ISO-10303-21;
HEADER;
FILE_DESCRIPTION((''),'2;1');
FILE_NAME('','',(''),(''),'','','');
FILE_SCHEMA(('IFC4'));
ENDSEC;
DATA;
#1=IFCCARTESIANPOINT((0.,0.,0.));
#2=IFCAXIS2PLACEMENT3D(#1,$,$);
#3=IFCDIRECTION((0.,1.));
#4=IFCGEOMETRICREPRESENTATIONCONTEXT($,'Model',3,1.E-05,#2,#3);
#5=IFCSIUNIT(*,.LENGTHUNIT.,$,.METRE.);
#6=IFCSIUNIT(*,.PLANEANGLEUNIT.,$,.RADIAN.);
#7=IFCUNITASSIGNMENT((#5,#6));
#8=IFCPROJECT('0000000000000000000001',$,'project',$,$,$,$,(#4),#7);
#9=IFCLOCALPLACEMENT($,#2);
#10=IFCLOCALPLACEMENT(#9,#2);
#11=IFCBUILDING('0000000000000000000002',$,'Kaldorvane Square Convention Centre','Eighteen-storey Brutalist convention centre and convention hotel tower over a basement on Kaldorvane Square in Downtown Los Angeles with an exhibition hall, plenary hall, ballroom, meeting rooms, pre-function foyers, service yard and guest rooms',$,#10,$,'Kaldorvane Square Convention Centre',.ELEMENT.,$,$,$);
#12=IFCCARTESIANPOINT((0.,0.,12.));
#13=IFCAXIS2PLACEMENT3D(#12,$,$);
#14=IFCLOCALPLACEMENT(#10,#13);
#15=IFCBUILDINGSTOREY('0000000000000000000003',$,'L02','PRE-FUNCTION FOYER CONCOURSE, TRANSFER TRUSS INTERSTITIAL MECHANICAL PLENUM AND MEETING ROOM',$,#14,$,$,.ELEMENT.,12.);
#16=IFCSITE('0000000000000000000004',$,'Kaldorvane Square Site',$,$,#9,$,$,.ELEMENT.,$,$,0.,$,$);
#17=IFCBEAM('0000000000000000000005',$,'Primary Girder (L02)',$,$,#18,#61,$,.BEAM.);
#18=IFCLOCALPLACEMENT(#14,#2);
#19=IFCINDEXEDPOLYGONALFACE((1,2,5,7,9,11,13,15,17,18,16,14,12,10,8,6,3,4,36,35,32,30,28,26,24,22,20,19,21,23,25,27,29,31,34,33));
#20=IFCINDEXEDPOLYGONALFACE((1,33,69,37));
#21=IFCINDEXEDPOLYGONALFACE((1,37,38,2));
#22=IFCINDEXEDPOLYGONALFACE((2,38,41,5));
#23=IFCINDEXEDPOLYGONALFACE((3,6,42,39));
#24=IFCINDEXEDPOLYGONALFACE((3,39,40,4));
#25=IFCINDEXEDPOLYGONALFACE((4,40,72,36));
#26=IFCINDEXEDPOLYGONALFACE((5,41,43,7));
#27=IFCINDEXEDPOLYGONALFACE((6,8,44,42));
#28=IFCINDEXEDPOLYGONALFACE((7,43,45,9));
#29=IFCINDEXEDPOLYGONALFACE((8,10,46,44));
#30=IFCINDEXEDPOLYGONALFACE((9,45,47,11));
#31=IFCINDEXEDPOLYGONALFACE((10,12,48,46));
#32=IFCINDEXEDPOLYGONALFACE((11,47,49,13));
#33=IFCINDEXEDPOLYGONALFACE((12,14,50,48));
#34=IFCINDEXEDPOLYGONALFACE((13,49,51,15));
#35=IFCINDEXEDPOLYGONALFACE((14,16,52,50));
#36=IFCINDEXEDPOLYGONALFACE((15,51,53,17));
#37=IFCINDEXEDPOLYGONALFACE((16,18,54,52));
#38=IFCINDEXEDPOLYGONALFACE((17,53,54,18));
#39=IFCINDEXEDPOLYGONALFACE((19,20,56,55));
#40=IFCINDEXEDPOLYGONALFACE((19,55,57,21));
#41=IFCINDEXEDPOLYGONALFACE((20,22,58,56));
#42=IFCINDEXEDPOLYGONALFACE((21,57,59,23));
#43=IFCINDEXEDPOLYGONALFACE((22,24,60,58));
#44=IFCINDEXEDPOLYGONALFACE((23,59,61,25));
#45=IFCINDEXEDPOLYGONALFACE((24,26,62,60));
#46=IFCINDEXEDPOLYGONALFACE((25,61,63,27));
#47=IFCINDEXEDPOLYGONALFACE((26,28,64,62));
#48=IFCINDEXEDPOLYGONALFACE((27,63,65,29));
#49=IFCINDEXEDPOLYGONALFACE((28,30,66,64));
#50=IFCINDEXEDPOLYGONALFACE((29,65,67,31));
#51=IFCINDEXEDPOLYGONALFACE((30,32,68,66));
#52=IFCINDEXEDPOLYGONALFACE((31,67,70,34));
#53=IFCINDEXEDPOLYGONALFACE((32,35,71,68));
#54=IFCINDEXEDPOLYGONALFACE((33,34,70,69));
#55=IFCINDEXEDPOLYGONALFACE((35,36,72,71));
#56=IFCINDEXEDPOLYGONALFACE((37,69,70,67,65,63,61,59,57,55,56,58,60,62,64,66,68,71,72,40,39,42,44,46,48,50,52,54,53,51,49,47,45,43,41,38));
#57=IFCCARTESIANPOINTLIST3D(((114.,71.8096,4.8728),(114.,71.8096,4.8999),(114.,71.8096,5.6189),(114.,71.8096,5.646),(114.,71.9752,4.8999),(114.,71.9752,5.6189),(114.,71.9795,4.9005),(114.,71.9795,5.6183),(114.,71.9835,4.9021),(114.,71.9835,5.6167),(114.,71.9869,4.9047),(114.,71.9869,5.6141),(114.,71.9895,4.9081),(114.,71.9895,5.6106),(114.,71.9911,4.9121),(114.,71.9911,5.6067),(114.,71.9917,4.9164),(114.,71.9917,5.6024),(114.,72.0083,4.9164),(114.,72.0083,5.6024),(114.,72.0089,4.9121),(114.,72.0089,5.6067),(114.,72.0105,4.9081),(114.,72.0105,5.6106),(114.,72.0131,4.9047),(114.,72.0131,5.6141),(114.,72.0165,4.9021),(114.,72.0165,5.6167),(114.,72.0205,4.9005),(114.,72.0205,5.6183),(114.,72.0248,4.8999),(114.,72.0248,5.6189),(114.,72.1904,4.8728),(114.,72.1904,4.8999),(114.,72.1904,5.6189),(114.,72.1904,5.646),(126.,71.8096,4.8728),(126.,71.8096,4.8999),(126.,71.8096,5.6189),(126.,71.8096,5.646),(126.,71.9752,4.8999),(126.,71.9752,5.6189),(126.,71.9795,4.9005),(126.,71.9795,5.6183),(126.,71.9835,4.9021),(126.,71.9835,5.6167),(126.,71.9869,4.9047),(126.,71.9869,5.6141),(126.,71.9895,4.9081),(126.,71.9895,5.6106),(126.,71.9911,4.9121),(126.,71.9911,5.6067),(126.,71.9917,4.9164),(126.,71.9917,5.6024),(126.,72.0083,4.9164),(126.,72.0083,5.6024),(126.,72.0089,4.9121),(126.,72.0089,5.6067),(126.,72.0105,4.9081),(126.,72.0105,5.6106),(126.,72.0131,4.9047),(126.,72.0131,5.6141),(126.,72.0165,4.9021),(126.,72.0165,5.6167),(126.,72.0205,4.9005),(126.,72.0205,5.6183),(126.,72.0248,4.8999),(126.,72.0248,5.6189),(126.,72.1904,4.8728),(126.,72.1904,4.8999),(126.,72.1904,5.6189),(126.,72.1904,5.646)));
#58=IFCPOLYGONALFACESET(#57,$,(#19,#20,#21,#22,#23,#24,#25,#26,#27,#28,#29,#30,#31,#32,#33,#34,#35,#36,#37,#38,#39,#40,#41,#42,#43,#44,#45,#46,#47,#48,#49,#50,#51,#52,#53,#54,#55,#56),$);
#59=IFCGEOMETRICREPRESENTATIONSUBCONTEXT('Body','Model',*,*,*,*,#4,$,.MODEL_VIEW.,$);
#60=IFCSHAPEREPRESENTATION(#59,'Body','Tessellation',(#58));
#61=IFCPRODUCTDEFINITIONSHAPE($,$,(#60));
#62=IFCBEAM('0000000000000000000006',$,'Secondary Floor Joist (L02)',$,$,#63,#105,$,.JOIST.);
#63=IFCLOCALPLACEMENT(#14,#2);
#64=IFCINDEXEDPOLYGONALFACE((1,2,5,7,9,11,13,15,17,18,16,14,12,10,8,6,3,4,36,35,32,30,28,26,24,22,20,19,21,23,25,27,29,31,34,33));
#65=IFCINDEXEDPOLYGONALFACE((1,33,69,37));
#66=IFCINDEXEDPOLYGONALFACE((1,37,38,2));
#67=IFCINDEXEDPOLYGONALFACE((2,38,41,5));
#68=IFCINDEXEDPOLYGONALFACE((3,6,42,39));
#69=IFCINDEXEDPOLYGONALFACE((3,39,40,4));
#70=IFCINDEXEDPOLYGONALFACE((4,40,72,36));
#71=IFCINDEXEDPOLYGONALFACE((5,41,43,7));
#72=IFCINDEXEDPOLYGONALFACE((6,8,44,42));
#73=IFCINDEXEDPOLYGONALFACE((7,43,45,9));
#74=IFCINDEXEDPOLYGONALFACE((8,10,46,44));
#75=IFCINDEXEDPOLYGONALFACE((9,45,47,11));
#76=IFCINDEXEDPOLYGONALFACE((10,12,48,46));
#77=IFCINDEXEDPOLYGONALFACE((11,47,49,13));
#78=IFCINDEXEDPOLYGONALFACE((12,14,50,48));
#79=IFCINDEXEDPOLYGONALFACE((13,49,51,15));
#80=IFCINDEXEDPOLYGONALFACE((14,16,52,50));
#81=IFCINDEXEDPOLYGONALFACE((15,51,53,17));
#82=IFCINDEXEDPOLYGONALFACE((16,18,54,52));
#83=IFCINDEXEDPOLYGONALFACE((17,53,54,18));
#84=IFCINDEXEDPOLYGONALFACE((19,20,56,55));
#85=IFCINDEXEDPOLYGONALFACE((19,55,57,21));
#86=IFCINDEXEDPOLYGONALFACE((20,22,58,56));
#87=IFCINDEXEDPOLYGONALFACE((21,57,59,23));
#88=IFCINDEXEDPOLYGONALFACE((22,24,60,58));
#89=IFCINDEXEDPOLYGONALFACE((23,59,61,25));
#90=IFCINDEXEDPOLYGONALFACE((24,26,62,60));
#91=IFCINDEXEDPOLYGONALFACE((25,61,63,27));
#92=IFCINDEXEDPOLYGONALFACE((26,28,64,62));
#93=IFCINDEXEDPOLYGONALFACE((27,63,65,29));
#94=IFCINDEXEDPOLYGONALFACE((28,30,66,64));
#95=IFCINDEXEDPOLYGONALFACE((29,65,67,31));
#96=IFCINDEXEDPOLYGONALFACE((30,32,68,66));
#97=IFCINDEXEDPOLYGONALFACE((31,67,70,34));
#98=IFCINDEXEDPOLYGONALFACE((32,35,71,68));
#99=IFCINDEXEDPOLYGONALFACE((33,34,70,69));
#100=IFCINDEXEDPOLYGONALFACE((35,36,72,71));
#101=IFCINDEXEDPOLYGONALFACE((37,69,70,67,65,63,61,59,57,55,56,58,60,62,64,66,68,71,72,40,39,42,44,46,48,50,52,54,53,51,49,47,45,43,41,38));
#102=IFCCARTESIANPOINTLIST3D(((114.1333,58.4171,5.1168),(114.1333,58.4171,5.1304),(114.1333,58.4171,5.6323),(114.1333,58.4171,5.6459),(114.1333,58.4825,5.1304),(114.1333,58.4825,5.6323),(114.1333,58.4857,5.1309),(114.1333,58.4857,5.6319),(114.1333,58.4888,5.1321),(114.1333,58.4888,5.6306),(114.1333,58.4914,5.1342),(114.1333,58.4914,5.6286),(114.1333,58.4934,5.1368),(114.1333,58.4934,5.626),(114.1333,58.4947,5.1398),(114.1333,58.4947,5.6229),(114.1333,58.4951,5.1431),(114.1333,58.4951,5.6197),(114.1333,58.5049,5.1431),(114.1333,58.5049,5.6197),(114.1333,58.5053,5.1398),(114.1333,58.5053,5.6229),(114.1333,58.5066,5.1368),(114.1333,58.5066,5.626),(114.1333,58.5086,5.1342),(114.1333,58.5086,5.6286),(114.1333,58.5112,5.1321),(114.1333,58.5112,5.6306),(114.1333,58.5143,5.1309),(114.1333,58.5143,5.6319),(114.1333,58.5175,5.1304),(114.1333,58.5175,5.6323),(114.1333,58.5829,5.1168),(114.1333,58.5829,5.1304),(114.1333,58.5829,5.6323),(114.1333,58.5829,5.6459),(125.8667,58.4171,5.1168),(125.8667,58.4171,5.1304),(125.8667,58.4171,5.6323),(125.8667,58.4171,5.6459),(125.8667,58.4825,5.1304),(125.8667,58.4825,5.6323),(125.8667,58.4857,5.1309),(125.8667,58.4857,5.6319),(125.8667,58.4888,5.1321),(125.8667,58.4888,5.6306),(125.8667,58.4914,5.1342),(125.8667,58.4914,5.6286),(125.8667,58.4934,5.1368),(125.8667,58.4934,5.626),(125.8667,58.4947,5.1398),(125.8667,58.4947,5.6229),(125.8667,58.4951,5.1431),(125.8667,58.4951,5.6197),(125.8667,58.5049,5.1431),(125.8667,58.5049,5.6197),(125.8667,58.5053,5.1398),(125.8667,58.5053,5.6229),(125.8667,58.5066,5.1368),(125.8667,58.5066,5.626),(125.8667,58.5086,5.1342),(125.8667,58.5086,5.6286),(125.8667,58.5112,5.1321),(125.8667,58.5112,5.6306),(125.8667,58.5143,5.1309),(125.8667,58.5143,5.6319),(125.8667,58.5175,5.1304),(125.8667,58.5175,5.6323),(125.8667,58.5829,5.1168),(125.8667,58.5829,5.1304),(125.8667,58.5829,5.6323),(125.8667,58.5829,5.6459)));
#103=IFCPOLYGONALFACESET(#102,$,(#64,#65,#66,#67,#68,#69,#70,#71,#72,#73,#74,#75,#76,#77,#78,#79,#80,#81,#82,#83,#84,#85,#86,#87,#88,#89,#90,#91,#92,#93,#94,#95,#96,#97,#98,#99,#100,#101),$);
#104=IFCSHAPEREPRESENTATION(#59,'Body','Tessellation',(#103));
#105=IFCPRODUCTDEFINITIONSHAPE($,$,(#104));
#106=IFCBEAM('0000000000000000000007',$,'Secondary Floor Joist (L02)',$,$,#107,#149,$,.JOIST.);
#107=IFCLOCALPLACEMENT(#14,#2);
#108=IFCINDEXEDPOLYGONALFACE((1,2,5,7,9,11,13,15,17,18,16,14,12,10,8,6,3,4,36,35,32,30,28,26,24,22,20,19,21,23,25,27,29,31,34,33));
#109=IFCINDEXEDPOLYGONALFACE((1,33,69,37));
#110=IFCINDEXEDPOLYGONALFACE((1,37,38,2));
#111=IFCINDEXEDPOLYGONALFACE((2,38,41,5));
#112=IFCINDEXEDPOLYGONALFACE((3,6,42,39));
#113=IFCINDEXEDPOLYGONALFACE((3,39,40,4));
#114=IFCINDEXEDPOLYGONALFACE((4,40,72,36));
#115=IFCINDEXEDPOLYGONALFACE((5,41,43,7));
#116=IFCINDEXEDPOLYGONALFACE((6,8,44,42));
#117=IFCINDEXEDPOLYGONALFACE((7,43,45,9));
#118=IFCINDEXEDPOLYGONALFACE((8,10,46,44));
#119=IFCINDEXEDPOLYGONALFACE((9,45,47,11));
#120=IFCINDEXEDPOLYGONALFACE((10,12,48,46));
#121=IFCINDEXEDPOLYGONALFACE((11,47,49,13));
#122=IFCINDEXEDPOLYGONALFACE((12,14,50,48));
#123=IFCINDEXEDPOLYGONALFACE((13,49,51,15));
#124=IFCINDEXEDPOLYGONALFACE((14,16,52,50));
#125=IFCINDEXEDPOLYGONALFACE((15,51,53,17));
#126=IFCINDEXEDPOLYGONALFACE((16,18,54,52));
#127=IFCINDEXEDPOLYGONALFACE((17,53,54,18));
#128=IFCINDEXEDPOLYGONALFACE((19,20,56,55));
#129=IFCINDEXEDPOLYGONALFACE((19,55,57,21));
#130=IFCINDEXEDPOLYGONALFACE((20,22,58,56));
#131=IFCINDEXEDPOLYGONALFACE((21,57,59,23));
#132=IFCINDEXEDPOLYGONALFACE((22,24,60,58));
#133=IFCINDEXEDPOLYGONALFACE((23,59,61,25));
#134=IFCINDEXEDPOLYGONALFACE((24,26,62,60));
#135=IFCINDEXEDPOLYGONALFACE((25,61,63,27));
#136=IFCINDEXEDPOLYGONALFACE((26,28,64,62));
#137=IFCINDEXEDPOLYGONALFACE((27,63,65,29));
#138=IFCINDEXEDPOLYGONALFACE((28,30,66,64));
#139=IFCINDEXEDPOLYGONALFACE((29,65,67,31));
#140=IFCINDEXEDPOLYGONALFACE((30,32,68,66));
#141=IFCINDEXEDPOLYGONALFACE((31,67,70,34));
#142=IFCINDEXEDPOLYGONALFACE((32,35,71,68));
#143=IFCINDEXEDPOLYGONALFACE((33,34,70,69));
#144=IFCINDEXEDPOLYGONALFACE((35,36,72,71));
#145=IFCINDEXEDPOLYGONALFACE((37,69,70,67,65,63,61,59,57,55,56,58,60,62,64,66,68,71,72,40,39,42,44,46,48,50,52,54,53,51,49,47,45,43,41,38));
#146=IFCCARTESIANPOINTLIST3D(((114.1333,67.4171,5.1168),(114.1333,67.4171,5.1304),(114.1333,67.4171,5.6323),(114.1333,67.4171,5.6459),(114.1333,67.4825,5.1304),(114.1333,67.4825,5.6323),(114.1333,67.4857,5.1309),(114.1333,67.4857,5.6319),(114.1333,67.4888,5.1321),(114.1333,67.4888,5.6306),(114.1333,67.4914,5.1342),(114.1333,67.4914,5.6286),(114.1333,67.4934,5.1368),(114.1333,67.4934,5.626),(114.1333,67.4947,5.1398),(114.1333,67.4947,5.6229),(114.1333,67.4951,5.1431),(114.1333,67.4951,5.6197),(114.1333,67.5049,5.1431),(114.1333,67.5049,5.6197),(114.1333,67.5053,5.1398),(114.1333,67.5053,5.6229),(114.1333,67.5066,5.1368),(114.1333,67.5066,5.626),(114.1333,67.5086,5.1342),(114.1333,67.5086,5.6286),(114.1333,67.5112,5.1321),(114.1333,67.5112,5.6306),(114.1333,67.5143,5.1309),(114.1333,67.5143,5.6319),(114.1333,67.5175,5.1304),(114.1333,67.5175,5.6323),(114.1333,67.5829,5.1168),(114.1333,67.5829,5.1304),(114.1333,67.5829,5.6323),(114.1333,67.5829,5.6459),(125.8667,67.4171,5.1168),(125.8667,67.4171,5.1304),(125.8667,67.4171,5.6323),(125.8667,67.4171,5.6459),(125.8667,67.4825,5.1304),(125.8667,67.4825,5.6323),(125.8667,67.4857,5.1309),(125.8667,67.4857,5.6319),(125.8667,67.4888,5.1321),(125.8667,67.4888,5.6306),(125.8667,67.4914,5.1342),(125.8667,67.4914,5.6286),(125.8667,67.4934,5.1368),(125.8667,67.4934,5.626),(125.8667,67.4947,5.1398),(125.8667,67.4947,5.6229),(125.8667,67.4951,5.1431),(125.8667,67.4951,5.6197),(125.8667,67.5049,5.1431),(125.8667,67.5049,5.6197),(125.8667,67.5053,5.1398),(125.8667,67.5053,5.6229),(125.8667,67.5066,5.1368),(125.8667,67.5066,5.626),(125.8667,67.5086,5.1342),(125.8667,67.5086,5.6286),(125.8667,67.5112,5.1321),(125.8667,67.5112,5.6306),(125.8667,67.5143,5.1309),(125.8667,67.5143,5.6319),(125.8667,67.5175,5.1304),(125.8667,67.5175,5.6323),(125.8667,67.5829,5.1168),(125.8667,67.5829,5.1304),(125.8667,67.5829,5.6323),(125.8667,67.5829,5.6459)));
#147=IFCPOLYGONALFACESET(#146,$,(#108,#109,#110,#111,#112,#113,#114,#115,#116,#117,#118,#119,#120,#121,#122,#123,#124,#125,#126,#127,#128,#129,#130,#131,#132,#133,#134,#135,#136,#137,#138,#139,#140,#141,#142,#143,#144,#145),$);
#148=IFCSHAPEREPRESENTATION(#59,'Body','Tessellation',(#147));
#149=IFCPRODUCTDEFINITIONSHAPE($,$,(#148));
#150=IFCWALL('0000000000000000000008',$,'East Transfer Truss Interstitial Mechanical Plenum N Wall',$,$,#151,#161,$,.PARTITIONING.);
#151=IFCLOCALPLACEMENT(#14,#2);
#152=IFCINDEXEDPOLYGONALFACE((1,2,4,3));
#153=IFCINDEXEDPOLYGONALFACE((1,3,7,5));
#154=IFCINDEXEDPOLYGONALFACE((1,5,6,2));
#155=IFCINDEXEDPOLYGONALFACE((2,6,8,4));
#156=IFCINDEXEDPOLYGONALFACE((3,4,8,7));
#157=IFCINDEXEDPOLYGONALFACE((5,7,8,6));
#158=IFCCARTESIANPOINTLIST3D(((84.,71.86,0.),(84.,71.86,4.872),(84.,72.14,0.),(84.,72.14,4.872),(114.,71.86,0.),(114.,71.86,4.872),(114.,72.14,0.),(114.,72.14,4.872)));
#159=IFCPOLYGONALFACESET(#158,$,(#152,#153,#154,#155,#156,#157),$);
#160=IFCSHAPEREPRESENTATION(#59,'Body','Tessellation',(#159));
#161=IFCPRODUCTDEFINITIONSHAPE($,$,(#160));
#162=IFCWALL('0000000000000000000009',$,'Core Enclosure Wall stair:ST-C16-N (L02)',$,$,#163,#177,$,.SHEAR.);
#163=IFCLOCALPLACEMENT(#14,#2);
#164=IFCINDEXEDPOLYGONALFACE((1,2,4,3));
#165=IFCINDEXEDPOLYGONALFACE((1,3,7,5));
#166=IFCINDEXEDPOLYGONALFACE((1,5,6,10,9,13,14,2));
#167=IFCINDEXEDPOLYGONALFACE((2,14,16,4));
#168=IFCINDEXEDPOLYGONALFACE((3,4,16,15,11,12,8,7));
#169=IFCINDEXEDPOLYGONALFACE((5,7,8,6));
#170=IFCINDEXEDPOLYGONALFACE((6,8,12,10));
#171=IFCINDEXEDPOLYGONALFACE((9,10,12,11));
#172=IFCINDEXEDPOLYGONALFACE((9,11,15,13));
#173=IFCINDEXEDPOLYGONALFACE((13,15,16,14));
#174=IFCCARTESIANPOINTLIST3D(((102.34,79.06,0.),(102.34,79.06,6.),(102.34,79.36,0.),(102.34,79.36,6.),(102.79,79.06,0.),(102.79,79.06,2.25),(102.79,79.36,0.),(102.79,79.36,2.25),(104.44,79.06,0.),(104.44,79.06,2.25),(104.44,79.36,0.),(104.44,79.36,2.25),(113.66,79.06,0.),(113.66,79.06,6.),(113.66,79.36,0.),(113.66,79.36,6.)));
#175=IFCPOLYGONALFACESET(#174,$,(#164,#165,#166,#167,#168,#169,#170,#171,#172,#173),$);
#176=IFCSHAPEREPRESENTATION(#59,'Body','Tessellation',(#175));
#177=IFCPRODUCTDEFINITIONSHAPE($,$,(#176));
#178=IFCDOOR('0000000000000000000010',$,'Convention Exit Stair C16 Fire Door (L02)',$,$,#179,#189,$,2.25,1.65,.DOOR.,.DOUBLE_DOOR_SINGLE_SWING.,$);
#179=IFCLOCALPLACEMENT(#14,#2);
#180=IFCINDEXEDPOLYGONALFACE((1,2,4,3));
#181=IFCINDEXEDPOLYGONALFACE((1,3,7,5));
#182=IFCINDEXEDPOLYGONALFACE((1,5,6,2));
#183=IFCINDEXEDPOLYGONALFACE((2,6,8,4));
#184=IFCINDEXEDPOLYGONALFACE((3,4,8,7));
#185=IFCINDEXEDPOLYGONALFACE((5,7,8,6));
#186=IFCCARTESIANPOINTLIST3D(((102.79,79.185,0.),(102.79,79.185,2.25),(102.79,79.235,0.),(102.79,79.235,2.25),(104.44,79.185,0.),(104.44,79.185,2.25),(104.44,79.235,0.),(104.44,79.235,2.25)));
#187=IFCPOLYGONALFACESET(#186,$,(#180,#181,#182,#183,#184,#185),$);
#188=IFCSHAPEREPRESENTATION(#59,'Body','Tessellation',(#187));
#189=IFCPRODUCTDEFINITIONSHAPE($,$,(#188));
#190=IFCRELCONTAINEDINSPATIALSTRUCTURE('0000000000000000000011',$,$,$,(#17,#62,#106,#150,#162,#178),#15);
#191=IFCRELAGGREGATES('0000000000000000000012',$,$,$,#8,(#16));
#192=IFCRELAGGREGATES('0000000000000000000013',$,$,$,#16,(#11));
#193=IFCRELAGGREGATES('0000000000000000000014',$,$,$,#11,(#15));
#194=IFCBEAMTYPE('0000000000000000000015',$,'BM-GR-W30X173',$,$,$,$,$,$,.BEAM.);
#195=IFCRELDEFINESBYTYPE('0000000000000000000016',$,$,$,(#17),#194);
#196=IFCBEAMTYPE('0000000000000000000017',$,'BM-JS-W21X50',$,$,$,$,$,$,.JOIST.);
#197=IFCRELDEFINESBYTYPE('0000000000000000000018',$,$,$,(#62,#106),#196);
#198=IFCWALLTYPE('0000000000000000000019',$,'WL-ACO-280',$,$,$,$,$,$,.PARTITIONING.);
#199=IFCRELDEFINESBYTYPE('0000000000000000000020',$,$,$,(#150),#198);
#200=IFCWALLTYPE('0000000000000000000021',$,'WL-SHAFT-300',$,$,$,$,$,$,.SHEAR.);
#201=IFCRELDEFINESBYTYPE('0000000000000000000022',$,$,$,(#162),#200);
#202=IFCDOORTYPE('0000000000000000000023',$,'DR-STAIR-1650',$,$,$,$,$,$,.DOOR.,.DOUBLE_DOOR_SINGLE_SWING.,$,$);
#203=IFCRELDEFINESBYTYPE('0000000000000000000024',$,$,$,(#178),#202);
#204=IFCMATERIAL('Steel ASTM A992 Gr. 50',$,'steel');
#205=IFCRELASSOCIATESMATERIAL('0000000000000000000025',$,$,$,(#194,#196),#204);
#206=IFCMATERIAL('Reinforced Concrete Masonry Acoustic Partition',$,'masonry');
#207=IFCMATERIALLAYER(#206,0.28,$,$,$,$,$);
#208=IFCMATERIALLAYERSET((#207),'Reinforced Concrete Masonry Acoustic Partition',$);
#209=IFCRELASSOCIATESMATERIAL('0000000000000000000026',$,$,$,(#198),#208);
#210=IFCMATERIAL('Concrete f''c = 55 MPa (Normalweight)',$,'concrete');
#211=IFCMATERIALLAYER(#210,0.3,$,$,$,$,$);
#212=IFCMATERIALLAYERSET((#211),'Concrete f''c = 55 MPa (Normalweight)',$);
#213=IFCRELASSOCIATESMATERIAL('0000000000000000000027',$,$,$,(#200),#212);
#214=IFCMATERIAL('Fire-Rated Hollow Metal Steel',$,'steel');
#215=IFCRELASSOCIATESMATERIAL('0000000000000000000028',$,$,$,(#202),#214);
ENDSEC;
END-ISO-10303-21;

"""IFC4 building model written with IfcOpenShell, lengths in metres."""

from ifc_helpers import new_model, si_unit, direction, frame, frame_2d, origin, origin_2d, place, context, subcontext, project, spatial, rectangle, i_section, extrude, material, layer, layer_set, material_profile, profile_set, type_object, element, fill, save


model = new_model("IFC4")

# Units and contexts
model_context = context("Model", 3, precision=1e-05, world=origin(), true_north=direction((0.0, 1.0)))
body_context = subcontext(model_context, "Body", "Model", "MODEL_VIEW")
ifc_project = project(units=[si_unit("LENGTHUNIT", "METRE"), si_unit("PLANEANGLEUNIT", "RADIAN")], contexts=[model_context])

# Site, building, storey
site_placement = place(None, origin())
site = spatial("IfcSite", under=ifc_project, at=site_placement, Name="Kaldorvane Square Site", CompositionType="ELEMENT", RefElevation=0.0)
building_placement = place(site_placement, origin())
building = spatial("IfcBuilding", under=site, at=building_placement, Name="Kaldorvane Square Convention Centre", Description="Eighteen-storey Brutalist convention centre and convention hotel tower over a basement on Kaldorvane Square in Downtown Los Angeles with an exhibition hall, plenary hall, ballroom, meeting rooms, pre-function foyers, service yard and guest rooms", LongName="Kaldorvane Square Convention Centre", CompositionType="ELEMENT")
storey_placement = place(building_placement, frame((0.0, 0.0, 12.0)))
storey = spatial("IfcBuildingStorey", under=building, at=storey_placement, Name="L02", Description="PRE-FUNCTION FOYER CONCOURSE, TRANSFER TRUSS INTERSTITIAL MECHANICAL PLENUM AND MEETING ROOM", CompositionType="ELEMENT", Elevation=12.0)

# Shared definitions
ifc_material_1 = material(Name="Concrete f'c = 55 MPa (Normalweight)", Category="concrete")
ifc_material_2 = material(Name="Steel ASTM A992 Gr. 50", Category="steel")

# Beams
ifc_material_profile_1 = material_profile(ifc_material_2, i_section(OverallWidth=0.3807, OverallDepth=0.7732, WebThickness=0.0166, FlangeThickness=0.0271, FilletRadius=0.0165, at=origin_2d()), Name="W30X173")
ifc_profile_set_1 = profile_set([ifc_material_profile_1], Name="Steel ASTM A992 Gr. 50")
beam_type_1 = type_object("IfcBeamType", Name="BM-GR-W30X173", PredefinedType="BEAM", material=ifc_profile_set_1)
for number, where, z_axis, x_axis, name in (
    (1, (114.0, 72.0, 5.2594), (1.0, 0.0, 0.0), (0.0, 1.0, 0.0), "Primary Girder (L02)"),
):
    element("IfcBeam", number, at=place(storey_placement, frame(where, z_axis=z_axis, x_axis=x_axis)), inside=storey, type_object=beam_type_1, Name=name, PredefinedType="BEAM", context=body_context, shape_type="SweptSolid", body=[
        extrude(i_section(OverallWidth=0.3807, OverallDepth=0.7732, WebThickness=0.0166, FlangeThickness=0.0271, FilletRadius=0.0165, at=origin_2d()), origin(), (0.0, 0.0, 1.0), 12.0),
    ])
ifc_material_profile_2 = material_profile(ifc_material_2, i_section(OverallWidth=0.1659, OverallDepth=0.5291, WebThickness=0.0097, FlangeThickness=0.0136, FilletRadius=0.0127, at=origin_2d()), Name="W21X50")
ifc_profile_set_2 = profile_set([ifc_material_profile_2], Name="Steel ASTM A992 Gr. 50")
beam_type_2 = type_object("IfcBeamType", Name="BM-JS-W21X50", PredefinedType="JOIST", material=ifc_profile_set_2)
for number, where, z_axis, x_axis, name in (
    (2, (114.1333, 58.5, 5.3814), (1.0, 0.0, 0.0), (0.0, 1.0, 0.0), "Secondary Floor Joist (L02)"),
    (3, (114.1333, 67.5, 5.3814), (1.0, 0.0, 0.0), (0.0, 1.0, 0.0), "Secondary Floor Joist (L02)"),
):
    element("IfcBeam", number, at=place(storey_placement, frame(where, z_axis=z_axis, x_axis=x_axis)), inside=storey, type_object=beam_type_2, Name=name, PredefinedType="JOIST", context=body_context, shape_type="SweptSolid", body=[
        extrude(i_section(OverallWidth=0.1659, OverallDepth=0.5291, WebThickness=0.0097, FlangeThickness=0.0136, FilletRadius=0.0127, at=origin_2d()), origin(), (0.0, 0.0, 1.0), 11.7334),
    ])

# Wall
ifc_material_3 = material(Name="Reinforced Concrete Masonry Acoustic Partition", Category="masonry")
ifc_layer_1 = layer(ifc_material_3, 0.28)
ifc_layer_set_1 = layer_set([ifc_layer_1], Name="Reinforced Concrete Masonry Acoustic Partition")
wall_type_1 = type_object("IfcWallType", Name="WL-ACO-280", PredefinedType="PARTITIONING", material=ifc_layer_set_1)
wall_1_placement = place(storey_placement, frame((114.0, 72.0, 0.0), z_axis=(0.0, 0.0, 1.0), x_axis=(-1.0, 0.0, 0.0)))
element("IfcWall", 4, at=wall_1_placement, inside=storey, type_object=wall_type_1, Name="East Transfer Truss Interstitial Mechanical Plenum N Wall", PredefinedType="PARTITIONING", context=body_context, shape_type="SweptSolid", body=[
    extrude(rectangle(XDim=30.0, YDim=0.28, at=frame_2d((15.0, 0.0))), origin(), (0.0, 0.0, 1.0), 4.872),
])

# Wall, opening, door
ifc_layer_2 = layer(ifc_material_1, 0.3)
ifc_layer_set_2 = layer_set([ifc_layer_2], Name="Concrete f'c = 55 MPa (Normalweight)")
wall_type_2 = type_object("IfcWallType", Name="WL-SHAFT-300", PredefinedType="SHEAR", material=ifc_layer_set_2)
wall_2_placement = place(storey_placement, frame((113.66, 79.21, 0.0), z_axis=(0.0, 0.0, 1.0), x_axis=(-1.0, 0.0, 0.0)))
wall_2 = element("IfcWall", 5, at=wall_2_placement, inside=storey, type_object=wall_type_2, Name="Core Enclosure Wall stair:ST-C16-N (L02)", PredefinedType="SHEAR", context=body_context, shape_type="SweptSolid", body=[
    extrude(rectangle(XDim=11.32, YDim=0.3, at=frame_2d((5.66, 0.0))), origin(), (0.0, 0.0, 1.0), 6.0),
])
opening_1_placement = place(wall_2_placement, frame((9.22, 0.0, 0.0)))
opening_1 = element("IfcOpeningElement", 6, at=opening_1_placement, cuts=wall_2, PredefinedType="OPENING", context=body_context, shape_type="SweptSolid", body=[
    extrude(rectangle(XDim=1.65, YDim=2.25, at=frame_2d((0.825, 1.125))), frame((0.0, 0.165, 0.0), z_axis=(0.0, -1.0, 0.0), x_axis=(1.0, 0.0, 0.0)), (0.0, 0.0, 1.0), 0.33),
])
ifc_material_4 = material(Name="Fire-Rated Hollow Metal Steel", Category="steel")
door_type = type_object("IfcDoorType", Name="DR-STAIR-1650", OperationType="DOUBLE_DOOR_SINGLE_SWING", PredefinedType="DOOR", material=ifc_material_4)
door_1_placement = place(opening_1_placement, origin())
door_1 = element("IfcDoor", 7, at=door_1_placement, inside=storey, type_object=door_type, Name="Convention Exit Stair C16 Fire Door (L02)", OperationType="DOUBLE_DOOR_SINGLE_SWING", OverallHeight=2.25, OverallWidth=1.65, PredefinedType="DOOR", context=body_context, shape_type="SweptSolid", body=[
    extrude(rectangle(XDim=1.65, YDim=2.25, at=frame_2d((0.825, 1.125))), frame((0.0, 0.025, 0.0), z_axis=(0.0, -1.0, 0.0), x_axis=(1.0, 0.0, 0.0)), (0.0, 0.0, 1.0), 0.05),
])
fill(opening_1, door_1)

save(model, "model.ifc")
